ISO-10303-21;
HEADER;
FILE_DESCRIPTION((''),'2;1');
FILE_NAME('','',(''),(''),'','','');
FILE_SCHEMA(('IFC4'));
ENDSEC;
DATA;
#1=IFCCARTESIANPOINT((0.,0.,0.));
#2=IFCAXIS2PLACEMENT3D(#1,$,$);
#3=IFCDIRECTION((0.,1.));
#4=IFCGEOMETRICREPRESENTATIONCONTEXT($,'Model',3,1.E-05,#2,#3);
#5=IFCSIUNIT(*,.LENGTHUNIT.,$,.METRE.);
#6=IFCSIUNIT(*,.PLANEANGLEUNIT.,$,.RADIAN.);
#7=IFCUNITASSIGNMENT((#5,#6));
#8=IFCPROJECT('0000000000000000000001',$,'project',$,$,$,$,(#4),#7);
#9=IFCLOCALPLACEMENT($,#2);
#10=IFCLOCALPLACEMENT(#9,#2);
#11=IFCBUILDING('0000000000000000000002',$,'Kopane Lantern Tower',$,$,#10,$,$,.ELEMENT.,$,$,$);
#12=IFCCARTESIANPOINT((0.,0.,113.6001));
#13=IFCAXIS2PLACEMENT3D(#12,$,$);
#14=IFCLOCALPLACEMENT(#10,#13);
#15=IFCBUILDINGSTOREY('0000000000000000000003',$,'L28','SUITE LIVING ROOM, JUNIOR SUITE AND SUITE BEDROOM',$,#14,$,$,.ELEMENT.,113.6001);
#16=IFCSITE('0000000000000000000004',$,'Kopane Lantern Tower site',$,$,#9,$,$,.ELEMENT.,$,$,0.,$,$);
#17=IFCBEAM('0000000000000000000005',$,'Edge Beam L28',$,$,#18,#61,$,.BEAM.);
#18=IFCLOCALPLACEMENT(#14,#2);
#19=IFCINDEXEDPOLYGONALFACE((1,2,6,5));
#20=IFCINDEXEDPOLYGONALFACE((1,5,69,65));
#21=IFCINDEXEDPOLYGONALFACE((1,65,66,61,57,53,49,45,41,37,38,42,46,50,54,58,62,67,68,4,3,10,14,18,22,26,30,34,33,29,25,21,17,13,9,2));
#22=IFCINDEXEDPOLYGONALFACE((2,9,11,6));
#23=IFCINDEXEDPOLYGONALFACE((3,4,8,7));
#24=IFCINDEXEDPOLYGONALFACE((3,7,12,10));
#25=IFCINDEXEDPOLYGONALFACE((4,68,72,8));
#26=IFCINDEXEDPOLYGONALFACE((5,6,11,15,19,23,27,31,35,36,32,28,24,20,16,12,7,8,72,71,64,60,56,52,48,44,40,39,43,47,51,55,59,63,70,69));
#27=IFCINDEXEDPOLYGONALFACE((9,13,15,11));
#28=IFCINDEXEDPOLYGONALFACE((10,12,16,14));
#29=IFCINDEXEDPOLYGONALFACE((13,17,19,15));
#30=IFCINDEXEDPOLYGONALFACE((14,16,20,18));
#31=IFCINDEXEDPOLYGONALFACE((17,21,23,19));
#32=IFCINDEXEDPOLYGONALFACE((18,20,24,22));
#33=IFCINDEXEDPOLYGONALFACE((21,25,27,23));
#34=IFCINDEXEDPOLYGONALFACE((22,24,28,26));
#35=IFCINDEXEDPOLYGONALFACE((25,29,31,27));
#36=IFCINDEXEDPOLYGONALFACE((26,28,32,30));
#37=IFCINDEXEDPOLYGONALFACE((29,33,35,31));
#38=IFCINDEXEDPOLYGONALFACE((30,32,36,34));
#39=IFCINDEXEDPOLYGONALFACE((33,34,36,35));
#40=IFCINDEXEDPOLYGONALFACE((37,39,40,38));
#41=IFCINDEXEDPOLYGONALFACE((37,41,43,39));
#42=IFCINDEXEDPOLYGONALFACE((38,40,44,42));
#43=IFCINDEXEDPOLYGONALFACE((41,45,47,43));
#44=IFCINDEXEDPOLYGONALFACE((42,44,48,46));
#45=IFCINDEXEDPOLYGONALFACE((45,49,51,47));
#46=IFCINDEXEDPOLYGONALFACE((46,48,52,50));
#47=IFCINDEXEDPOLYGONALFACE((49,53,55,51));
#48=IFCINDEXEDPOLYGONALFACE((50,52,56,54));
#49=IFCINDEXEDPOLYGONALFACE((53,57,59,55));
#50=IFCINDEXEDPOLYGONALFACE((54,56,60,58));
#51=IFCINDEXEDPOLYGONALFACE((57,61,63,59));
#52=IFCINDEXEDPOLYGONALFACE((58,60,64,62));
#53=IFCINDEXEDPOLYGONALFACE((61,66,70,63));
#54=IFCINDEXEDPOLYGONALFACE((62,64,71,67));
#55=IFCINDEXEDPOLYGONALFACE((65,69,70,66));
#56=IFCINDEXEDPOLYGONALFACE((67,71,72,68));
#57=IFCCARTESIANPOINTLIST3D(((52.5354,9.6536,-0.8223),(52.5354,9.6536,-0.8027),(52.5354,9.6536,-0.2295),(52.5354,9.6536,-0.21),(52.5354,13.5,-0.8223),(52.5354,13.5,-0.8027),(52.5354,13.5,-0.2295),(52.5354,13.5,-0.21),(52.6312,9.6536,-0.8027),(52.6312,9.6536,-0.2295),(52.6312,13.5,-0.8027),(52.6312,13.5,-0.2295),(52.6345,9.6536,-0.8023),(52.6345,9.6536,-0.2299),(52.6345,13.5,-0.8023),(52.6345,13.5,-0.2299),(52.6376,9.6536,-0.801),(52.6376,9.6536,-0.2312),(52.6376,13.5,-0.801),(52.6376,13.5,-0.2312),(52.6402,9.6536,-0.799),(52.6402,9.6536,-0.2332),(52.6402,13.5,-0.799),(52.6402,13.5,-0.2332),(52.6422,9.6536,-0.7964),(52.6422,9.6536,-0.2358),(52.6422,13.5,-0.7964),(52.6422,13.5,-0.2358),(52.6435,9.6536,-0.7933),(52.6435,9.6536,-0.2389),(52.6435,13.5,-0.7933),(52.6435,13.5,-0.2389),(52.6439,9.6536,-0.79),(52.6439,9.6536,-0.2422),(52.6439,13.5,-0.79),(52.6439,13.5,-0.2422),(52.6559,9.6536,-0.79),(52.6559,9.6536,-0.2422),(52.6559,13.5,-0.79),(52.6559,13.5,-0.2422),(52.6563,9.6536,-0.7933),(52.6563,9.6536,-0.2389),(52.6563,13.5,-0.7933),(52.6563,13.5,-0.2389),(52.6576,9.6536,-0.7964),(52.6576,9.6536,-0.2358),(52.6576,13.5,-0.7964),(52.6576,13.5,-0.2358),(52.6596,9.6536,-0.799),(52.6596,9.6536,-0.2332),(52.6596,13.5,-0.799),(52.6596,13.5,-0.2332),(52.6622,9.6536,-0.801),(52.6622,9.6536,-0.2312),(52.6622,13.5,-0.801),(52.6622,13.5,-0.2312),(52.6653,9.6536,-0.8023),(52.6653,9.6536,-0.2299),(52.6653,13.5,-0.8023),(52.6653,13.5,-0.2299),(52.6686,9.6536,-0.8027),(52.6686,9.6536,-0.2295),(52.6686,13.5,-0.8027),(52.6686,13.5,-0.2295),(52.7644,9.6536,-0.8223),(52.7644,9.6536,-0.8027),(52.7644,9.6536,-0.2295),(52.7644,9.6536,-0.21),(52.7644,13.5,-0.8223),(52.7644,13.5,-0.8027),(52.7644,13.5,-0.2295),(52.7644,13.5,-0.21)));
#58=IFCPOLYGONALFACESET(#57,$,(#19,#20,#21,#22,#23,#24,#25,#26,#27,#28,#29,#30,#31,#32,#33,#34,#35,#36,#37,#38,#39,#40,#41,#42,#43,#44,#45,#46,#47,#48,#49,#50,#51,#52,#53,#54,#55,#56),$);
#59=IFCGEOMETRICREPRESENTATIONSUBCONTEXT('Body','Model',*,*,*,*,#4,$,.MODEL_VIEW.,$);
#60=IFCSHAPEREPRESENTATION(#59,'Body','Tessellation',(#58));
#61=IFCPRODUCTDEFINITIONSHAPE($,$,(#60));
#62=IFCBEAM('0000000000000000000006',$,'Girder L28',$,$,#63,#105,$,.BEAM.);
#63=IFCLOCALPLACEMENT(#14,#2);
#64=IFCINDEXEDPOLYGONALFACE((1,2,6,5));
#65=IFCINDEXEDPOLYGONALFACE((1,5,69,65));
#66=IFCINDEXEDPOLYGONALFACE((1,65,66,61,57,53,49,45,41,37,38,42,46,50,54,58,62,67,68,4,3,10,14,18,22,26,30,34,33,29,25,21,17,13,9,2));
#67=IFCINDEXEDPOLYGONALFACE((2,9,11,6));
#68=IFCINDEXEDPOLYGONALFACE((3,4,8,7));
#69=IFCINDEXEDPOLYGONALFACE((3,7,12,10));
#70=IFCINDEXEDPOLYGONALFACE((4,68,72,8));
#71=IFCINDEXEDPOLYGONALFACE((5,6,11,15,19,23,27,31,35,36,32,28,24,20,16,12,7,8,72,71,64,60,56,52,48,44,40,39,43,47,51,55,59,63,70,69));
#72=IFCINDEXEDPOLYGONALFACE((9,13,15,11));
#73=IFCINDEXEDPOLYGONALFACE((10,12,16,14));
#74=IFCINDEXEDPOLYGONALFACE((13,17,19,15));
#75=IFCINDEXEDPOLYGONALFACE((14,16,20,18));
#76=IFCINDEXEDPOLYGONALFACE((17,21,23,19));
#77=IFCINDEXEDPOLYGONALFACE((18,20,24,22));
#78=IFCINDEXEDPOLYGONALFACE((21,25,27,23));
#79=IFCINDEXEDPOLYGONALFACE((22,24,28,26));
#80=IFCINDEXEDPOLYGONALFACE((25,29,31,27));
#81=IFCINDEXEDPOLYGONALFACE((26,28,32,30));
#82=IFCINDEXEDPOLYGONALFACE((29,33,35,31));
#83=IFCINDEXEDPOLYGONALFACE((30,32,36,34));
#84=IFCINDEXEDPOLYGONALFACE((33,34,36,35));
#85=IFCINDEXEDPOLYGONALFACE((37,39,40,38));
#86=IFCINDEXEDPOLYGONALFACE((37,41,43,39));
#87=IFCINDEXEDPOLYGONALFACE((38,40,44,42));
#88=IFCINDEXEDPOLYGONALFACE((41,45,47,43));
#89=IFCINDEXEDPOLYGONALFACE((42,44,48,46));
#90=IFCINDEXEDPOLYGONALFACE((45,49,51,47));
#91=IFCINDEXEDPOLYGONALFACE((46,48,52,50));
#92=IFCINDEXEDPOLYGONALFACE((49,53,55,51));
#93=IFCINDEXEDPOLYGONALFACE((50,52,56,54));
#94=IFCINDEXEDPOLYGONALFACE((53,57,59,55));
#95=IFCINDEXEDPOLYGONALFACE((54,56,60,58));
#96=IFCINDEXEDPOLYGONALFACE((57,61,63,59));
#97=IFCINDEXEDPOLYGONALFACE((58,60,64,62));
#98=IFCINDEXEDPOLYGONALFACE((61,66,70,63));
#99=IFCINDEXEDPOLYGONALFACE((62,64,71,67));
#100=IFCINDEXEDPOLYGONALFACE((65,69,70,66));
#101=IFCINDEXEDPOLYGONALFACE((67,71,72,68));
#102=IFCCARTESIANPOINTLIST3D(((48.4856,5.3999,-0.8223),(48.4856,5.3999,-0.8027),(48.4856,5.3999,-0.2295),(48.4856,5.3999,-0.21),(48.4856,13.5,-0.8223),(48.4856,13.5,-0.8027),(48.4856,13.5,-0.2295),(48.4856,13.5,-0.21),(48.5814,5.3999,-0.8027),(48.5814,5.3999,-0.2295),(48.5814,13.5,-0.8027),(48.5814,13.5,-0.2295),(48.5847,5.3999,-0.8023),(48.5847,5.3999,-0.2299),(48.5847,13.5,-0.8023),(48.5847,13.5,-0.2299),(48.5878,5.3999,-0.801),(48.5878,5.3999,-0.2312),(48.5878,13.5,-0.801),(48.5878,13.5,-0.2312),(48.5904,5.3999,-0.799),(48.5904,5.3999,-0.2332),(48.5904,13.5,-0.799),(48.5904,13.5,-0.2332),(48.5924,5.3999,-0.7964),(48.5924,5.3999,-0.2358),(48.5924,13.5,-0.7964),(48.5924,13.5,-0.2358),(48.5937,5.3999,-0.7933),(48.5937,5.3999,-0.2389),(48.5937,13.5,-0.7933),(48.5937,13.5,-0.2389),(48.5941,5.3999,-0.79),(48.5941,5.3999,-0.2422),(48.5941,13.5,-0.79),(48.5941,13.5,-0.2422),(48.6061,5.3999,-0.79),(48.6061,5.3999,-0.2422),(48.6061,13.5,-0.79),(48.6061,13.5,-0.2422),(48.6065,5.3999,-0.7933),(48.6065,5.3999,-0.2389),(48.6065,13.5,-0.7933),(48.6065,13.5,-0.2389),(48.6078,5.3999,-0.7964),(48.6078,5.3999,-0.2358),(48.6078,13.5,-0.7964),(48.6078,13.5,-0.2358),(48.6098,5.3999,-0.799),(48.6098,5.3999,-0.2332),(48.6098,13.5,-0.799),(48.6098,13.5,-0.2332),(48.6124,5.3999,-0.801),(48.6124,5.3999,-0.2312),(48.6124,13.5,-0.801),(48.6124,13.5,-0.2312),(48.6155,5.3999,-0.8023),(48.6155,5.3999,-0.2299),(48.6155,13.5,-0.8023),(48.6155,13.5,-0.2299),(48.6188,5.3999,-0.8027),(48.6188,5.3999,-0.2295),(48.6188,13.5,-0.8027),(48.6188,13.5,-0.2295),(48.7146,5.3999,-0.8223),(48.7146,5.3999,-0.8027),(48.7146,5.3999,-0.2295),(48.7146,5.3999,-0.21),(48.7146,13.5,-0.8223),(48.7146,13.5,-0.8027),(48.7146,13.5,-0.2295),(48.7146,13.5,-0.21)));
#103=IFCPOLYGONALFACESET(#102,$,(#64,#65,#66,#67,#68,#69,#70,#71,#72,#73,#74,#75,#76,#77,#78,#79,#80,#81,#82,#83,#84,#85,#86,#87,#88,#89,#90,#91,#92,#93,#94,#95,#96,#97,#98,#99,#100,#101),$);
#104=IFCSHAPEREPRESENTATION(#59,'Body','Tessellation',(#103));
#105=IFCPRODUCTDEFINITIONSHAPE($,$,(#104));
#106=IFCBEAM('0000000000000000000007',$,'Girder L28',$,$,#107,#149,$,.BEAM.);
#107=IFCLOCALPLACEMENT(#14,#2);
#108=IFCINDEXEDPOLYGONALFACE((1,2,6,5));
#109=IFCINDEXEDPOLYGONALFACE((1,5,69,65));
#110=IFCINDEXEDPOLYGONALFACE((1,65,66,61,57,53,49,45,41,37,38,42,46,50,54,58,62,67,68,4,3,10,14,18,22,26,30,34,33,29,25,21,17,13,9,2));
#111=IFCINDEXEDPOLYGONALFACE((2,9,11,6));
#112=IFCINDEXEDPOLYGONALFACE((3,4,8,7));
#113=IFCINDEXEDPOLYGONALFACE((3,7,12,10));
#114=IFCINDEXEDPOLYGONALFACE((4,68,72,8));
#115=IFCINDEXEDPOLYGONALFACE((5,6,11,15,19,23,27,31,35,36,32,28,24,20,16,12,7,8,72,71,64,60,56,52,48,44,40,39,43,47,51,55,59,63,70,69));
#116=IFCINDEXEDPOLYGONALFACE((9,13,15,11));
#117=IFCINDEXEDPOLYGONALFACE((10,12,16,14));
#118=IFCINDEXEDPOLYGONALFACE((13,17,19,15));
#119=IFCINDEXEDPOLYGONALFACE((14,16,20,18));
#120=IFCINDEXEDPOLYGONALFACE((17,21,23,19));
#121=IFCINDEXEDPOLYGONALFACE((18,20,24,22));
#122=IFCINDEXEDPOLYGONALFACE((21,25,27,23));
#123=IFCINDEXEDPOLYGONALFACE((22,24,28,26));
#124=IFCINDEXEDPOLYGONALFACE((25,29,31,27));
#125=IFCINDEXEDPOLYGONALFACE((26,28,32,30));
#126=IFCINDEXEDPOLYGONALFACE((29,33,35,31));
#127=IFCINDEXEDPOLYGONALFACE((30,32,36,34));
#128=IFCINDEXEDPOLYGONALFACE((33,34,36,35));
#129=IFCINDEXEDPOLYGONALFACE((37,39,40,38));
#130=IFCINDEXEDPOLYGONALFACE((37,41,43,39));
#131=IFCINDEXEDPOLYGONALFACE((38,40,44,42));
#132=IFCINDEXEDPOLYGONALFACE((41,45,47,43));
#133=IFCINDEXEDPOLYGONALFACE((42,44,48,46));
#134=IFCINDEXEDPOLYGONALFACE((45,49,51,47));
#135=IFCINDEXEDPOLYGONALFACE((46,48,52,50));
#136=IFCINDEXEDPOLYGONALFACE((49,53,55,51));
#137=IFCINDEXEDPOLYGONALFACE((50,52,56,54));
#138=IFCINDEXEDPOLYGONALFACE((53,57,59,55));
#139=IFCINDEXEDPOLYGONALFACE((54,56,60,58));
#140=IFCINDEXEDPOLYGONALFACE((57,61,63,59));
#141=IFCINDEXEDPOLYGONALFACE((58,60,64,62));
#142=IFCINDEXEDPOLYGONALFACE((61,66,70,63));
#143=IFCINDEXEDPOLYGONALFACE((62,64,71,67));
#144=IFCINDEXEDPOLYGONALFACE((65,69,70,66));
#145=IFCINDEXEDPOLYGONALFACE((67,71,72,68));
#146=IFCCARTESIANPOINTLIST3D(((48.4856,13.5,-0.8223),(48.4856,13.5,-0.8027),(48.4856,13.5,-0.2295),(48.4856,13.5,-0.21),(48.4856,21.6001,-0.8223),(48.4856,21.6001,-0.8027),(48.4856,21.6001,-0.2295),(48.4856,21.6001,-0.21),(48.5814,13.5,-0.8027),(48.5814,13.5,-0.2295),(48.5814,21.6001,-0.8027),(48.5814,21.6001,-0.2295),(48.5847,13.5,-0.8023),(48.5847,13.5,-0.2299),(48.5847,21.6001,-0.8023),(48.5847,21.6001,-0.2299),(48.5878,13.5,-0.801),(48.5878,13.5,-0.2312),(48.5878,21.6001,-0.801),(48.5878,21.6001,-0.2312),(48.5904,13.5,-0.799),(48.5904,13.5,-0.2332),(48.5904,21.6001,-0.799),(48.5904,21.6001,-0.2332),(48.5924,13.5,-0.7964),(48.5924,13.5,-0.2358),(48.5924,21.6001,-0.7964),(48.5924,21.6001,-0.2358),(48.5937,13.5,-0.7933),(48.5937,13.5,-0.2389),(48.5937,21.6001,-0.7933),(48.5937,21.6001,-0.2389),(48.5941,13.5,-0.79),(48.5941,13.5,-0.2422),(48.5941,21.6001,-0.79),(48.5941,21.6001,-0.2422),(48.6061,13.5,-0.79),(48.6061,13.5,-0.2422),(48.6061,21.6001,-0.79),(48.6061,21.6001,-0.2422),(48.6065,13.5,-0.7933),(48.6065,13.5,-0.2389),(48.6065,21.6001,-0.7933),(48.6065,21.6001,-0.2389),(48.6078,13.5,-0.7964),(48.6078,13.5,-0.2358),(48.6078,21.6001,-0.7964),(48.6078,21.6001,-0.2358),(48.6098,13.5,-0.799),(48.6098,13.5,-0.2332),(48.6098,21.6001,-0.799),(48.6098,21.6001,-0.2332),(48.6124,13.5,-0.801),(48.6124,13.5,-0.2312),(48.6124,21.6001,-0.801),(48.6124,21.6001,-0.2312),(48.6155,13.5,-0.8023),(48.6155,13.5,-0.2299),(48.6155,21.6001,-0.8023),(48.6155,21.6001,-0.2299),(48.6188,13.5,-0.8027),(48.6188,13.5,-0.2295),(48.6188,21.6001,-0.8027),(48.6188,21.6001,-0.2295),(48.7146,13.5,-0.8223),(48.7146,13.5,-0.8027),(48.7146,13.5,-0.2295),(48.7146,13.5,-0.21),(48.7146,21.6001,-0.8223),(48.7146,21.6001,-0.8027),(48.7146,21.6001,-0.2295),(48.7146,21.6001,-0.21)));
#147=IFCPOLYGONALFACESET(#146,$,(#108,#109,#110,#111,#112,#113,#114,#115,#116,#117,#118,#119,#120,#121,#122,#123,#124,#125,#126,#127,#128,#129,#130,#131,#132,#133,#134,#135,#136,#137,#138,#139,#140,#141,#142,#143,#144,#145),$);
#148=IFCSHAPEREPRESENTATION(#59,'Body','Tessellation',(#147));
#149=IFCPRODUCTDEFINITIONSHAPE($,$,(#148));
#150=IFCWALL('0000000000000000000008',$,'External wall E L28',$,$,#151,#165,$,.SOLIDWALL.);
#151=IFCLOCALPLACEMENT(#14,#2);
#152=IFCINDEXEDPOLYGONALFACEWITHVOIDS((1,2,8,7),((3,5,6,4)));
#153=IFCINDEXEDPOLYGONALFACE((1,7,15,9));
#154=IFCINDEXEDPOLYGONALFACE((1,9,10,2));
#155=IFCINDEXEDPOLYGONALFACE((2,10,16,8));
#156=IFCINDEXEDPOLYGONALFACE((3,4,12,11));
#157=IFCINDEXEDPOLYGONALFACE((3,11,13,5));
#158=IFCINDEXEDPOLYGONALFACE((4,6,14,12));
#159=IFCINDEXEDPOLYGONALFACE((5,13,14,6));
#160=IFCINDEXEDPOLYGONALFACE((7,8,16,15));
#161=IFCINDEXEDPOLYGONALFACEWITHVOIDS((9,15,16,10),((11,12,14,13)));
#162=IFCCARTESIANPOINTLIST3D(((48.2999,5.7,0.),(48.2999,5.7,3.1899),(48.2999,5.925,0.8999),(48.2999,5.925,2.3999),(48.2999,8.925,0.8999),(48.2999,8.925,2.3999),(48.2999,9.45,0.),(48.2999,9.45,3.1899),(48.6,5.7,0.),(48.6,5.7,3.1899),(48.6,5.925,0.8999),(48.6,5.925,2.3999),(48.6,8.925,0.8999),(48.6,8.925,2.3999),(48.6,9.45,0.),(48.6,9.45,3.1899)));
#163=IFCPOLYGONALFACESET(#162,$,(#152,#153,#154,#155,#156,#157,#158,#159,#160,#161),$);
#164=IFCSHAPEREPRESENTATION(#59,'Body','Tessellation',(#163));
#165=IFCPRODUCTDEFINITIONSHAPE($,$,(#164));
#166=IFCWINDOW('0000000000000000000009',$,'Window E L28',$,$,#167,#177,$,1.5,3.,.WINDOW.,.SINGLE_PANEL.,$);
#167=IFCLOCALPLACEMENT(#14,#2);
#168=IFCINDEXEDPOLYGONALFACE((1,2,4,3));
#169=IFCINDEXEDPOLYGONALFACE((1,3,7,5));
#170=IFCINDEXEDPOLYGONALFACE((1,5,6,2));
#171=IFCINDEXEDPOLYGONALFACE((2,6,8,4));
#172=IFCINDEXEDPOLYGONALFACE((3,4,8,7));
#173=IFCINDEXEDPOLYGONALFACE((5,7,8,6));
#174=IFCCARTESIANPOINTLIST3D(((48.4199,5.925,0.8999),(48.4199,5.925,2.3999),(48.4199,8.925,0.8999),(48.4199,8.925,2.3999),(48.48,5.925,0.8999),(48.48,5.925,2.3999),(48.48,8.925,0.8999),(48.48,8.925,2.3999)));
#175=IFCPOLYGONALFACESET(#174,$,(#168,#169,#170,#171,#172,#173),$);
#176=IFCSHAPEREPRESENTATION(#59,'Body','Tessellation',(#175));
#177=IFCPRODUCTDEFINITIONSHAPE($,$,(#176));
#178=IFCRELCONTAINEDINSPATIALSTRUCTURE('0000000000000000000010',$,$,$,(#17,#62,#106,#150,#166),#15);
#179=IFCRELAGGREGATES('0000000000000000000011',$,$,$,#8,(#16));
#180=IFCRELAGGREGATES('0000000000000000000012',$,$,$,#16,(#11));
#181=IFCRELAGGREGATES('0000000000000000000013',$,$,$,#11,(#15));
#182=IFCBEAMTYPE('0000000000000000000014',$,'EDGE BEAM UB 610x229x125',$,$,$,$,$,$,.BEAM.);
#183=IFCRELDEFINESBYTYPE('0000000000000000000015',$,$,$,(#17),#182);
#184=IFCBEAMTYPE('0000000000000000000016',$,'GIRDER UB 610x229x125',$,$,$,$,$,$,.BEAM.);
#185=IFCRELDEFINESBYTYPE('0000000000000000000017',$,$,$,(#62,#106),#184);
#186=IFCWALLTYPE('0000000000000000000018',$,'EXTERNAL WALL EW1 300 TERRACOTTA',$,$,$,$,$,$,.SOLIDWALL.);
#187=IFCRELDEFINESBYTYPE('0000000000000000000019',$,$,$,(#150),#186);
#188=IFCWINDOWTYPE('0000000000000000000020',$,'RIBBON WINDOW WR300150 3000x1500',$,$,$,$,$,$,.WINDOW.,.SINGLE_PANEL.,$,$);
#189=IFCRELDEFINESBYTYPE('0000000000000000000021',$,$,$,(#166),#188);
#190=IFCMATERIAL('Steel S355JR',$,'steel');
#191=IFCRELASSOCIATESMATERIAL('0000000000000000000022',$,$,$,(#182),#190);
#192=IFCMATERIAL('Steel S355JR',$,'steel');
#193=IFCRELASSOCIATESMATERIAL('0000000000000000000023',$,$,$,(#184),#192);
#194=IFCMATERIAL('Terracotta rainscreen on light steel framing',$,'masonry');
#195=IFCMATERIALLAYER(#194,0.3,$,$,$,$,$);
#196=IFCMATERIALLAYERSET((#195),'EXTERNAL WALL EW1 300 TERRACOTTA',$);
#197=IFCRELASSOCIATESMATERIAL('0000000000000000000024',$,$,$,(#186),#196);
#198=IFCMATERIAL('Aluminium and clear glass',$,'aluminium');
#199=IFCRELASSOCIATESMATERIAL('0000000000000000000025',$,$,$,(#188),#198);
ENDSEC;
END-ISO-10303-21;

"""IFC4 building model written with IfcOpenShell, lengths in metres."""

from ifc_helpers import new_model, si_unit, direction, frame, frame_2d, origin, origin_2d, place, context, subcontext, project, spatial, rectangle, i_section, extrude, material, layer, layer_set, material_profile, profile_set, type_object, element, fill, save


model = new_model("IFC4")

# Units and contexts
model_context = context("Model", 3, precision=1e-05, world=origin(), true_north=direction((0.0, 1.0)))
body_context = subcontext(model_context, "Body", "Model", "MODEL_VIEW")
ifc_project = project(units=[si_unit("LENGTHUNIT", "METRE"), si_unit("PLANEANGLEUNIT", "RADIAN")], contexts=[model_context])

# Site, building, storey
site_placement = place(None, origin())
site = spatial("IfcSite", under=ifc_project, at=site_placement, Name="Kopane Lantern Tower site", CompositionType="ELEMENT", RefElevation=0.0)
building_placement = place(site_placement, origin())
building = spatial("IfcBuilding", under=site, at=building_placement, Name="Kopane Lantern Tower", CompositionType="ELEMENT")
storey_placement = place(building_placement, frame((0.0, 0.0, 113.6001)))
storey = spatial("IfcBuildingStorey", under=building, at=storey_placement, Name="L28", Description="SUITE LIVING ROOM, JUNIOR SUITE AND SUITE BEDROOM", CompositionType="ELEMENT", Elevation=113.6001)

# Beams
ifc_material_1 = material(Name="Steel S355JR", Category="steel")
ifc_material_profile_1 = material_profile(ifc_material_1, i_section(OverallWidth=0.229, OverallDepth=0.6123, WebThickness=0.012, FlangeThickness=0.0195, FilletRadius=0.0127, at=origin_2d()), Name="UB 610x229x125")
ifc_profile_set_1 = profile_set([ifc_material_profile_1], Name="Steel S355JR")
beam_type_1 = type_object("IfcBeamType", Name="EDGE BEAM UB 610x229x125", PredefinedType="BEAM", material=ifc_profile_set_1)
for number, where, z_axis, x_axis, name in (
    (1, (52.6499, 9.6536, -0.5161), (0.0, 1.0, 0.0), (-1.0, 0.0, 0.0), "Edge Beam L28"),
):
    element("IfcBeam", number, at=place(storey_placement, frame(where, z_axis=z_axis, x_axis=x_axis)), inside=storey, type_object=beam_type_1, Name=name, PredefinedType="BEAM", context=body_context, shape_type="SweptSolid", body=[
        extrude(i_section(OverallWidth=0.229, OverallDepth=0.6123, WebThickness=0.012, FlangeThickness=0.0195, FilletRadius=0.0127, at=origin_2d()), origin(), (0.0, 0.0, 1.0), 3.8464),
    ])
ifc_material_2 = material(Name="Steel S355JR", Category="steel")
ifc_material_profile_2 = material_profile(ifc_material_2, i_section(OverallWidth=0.229, OverallDepth=0.6123, WebThickness=0.012, FlangeThickness=0.0195, FilletRadius=0.0127, at=origin_2d()), Name="UB 610x229x125")
ifc_profile_set_2 = profile_set([ifc_material_profile_2], Name="Steel S355JR")
beam_type_2 = type_object("IfcBeamType", Name="GIRDER UB 610x229x125", PredefinedType="BEAM", material=ifc_profile_set_2)
for number, where, z_axis, x_axis, name in (
    (2, (48.6001, 5.3999, -0.5161), (0.0, 1.0, 0.0), (-1.0, 0.0, 0.0), "Girder L28"),
    (3, (48.6001, 13.5, -0.5161), (0.0, 1.0, 0.0), (-1.0, 0.0, 0.0), "Girder L28"),
):
    element("IfcBeam", number, at=place(storey_placement, frame(where, z_axis=z_axis, x_axis=x_axis)), inside=storey, type_object=beam_type_2, Name=name, PredefinedType="BEAM", context=body_context, shape_type="SweptSolid", body=[
        extrude(i_section(OverallWidth=0.229, OverallDepth=0.6123, WebThickness=0.012, FlangeThickness=0.0195, FilletRadius=0.0127, at=origin_2d()), origin(), (0.0, 0.0, 1.0), 8.1001),
    ])

# Wall, opening, window
ifc_material_3 = material(Name="Terracotta rainscreen on light steel framing", Category="masonry")
ifc_layer = layer(ifc_material_3, 0.3)
ifc_layer_set = layer_set([ifc_layer], Name="EXTERNAL WALL EW1 300 TERRACOTTA")
wall_type = type_object("IfcWallType", Name="EXTERNAL WALL EW1 300 TERRACOTTA", PredefinedType="SOLIDWALL", material=ifc_layer_set)
wall_1_placement = place(storey_placement, frame((48.45, 5.7, 0.0), z_axis=(0.0, 0.0, 1.0), x_axis=(0.0, 1.0, 0.0)))
wall_1 = element("IfcWall", 4, at=wall_1_placement, inside=storey, type_object=wall_type, Name="External wall E L28", PredefinedType="SOLIDWALL", context=body_context, shape_type="SweptSolid", body=[
    extrude(rectangle(XDim=3.75, YDim=0.3, at=frame_2d((1.875, 0.0))), origin(), (0.0, 0.0, 1.0), 3.1899),
])
opening_1_placement = place(wall_1_placement, frame((0.2251, 0.0, 0.8999)))
opening_1 = element("IfcOpeningElement", 5, at=opening_1_placement, cuts=wall_1, PredefinedType="OPENING", context=body_context, shape_type="SweptSolid", body=[
    extrude(rectangle(XDim=3.0, YDim=1.5, at=frame_2d((1.5, 0.75))), frame((0.0, 0.1599, 0.0), z_axis=(0.0, -1.0, 0.0), x_axis=(1.0, 0.0, 0.0)), (0.0, 0.0, 1.0), 0.3201),
])
ifc_material_4 = material(Name="Aluminium and clear glass", Category="aluminium")
window_type = type_object("IfcWindowType", Name="RIBBON WINDOW WR300150 3000x1500", PartitioningType="SINGLE_PANEL", PredefinedType="WINDOW", material=ifc_material_4)
window_1_placement = place(opening_1_placement, origin())
window_1 = element("IfcWindow", 6, at=window_1_placement, inside=storey, type_object=window_type, Name="Window E L28", OverallHeight=1.5, OverallWidth=3.0, PartitioningType="SINGLE_PANEL", PredefinedType="WINDOW", context=body_context, shape_type="SweptSolid", body=[
    extrude(rectangle(XDim=3.0, YDim=1.5, at=frame_2d((1.5, 0.75))), frame((0.0, 0.03, 0.0), z_axis=(0.0, -1.0, 0.0), x_axis=(1.0, 0.0, 0.0)), (0.0, 0.0, 1.0), 0.0601),
])
fill(opening_1, window_1)

save(model, "model.ifc")
